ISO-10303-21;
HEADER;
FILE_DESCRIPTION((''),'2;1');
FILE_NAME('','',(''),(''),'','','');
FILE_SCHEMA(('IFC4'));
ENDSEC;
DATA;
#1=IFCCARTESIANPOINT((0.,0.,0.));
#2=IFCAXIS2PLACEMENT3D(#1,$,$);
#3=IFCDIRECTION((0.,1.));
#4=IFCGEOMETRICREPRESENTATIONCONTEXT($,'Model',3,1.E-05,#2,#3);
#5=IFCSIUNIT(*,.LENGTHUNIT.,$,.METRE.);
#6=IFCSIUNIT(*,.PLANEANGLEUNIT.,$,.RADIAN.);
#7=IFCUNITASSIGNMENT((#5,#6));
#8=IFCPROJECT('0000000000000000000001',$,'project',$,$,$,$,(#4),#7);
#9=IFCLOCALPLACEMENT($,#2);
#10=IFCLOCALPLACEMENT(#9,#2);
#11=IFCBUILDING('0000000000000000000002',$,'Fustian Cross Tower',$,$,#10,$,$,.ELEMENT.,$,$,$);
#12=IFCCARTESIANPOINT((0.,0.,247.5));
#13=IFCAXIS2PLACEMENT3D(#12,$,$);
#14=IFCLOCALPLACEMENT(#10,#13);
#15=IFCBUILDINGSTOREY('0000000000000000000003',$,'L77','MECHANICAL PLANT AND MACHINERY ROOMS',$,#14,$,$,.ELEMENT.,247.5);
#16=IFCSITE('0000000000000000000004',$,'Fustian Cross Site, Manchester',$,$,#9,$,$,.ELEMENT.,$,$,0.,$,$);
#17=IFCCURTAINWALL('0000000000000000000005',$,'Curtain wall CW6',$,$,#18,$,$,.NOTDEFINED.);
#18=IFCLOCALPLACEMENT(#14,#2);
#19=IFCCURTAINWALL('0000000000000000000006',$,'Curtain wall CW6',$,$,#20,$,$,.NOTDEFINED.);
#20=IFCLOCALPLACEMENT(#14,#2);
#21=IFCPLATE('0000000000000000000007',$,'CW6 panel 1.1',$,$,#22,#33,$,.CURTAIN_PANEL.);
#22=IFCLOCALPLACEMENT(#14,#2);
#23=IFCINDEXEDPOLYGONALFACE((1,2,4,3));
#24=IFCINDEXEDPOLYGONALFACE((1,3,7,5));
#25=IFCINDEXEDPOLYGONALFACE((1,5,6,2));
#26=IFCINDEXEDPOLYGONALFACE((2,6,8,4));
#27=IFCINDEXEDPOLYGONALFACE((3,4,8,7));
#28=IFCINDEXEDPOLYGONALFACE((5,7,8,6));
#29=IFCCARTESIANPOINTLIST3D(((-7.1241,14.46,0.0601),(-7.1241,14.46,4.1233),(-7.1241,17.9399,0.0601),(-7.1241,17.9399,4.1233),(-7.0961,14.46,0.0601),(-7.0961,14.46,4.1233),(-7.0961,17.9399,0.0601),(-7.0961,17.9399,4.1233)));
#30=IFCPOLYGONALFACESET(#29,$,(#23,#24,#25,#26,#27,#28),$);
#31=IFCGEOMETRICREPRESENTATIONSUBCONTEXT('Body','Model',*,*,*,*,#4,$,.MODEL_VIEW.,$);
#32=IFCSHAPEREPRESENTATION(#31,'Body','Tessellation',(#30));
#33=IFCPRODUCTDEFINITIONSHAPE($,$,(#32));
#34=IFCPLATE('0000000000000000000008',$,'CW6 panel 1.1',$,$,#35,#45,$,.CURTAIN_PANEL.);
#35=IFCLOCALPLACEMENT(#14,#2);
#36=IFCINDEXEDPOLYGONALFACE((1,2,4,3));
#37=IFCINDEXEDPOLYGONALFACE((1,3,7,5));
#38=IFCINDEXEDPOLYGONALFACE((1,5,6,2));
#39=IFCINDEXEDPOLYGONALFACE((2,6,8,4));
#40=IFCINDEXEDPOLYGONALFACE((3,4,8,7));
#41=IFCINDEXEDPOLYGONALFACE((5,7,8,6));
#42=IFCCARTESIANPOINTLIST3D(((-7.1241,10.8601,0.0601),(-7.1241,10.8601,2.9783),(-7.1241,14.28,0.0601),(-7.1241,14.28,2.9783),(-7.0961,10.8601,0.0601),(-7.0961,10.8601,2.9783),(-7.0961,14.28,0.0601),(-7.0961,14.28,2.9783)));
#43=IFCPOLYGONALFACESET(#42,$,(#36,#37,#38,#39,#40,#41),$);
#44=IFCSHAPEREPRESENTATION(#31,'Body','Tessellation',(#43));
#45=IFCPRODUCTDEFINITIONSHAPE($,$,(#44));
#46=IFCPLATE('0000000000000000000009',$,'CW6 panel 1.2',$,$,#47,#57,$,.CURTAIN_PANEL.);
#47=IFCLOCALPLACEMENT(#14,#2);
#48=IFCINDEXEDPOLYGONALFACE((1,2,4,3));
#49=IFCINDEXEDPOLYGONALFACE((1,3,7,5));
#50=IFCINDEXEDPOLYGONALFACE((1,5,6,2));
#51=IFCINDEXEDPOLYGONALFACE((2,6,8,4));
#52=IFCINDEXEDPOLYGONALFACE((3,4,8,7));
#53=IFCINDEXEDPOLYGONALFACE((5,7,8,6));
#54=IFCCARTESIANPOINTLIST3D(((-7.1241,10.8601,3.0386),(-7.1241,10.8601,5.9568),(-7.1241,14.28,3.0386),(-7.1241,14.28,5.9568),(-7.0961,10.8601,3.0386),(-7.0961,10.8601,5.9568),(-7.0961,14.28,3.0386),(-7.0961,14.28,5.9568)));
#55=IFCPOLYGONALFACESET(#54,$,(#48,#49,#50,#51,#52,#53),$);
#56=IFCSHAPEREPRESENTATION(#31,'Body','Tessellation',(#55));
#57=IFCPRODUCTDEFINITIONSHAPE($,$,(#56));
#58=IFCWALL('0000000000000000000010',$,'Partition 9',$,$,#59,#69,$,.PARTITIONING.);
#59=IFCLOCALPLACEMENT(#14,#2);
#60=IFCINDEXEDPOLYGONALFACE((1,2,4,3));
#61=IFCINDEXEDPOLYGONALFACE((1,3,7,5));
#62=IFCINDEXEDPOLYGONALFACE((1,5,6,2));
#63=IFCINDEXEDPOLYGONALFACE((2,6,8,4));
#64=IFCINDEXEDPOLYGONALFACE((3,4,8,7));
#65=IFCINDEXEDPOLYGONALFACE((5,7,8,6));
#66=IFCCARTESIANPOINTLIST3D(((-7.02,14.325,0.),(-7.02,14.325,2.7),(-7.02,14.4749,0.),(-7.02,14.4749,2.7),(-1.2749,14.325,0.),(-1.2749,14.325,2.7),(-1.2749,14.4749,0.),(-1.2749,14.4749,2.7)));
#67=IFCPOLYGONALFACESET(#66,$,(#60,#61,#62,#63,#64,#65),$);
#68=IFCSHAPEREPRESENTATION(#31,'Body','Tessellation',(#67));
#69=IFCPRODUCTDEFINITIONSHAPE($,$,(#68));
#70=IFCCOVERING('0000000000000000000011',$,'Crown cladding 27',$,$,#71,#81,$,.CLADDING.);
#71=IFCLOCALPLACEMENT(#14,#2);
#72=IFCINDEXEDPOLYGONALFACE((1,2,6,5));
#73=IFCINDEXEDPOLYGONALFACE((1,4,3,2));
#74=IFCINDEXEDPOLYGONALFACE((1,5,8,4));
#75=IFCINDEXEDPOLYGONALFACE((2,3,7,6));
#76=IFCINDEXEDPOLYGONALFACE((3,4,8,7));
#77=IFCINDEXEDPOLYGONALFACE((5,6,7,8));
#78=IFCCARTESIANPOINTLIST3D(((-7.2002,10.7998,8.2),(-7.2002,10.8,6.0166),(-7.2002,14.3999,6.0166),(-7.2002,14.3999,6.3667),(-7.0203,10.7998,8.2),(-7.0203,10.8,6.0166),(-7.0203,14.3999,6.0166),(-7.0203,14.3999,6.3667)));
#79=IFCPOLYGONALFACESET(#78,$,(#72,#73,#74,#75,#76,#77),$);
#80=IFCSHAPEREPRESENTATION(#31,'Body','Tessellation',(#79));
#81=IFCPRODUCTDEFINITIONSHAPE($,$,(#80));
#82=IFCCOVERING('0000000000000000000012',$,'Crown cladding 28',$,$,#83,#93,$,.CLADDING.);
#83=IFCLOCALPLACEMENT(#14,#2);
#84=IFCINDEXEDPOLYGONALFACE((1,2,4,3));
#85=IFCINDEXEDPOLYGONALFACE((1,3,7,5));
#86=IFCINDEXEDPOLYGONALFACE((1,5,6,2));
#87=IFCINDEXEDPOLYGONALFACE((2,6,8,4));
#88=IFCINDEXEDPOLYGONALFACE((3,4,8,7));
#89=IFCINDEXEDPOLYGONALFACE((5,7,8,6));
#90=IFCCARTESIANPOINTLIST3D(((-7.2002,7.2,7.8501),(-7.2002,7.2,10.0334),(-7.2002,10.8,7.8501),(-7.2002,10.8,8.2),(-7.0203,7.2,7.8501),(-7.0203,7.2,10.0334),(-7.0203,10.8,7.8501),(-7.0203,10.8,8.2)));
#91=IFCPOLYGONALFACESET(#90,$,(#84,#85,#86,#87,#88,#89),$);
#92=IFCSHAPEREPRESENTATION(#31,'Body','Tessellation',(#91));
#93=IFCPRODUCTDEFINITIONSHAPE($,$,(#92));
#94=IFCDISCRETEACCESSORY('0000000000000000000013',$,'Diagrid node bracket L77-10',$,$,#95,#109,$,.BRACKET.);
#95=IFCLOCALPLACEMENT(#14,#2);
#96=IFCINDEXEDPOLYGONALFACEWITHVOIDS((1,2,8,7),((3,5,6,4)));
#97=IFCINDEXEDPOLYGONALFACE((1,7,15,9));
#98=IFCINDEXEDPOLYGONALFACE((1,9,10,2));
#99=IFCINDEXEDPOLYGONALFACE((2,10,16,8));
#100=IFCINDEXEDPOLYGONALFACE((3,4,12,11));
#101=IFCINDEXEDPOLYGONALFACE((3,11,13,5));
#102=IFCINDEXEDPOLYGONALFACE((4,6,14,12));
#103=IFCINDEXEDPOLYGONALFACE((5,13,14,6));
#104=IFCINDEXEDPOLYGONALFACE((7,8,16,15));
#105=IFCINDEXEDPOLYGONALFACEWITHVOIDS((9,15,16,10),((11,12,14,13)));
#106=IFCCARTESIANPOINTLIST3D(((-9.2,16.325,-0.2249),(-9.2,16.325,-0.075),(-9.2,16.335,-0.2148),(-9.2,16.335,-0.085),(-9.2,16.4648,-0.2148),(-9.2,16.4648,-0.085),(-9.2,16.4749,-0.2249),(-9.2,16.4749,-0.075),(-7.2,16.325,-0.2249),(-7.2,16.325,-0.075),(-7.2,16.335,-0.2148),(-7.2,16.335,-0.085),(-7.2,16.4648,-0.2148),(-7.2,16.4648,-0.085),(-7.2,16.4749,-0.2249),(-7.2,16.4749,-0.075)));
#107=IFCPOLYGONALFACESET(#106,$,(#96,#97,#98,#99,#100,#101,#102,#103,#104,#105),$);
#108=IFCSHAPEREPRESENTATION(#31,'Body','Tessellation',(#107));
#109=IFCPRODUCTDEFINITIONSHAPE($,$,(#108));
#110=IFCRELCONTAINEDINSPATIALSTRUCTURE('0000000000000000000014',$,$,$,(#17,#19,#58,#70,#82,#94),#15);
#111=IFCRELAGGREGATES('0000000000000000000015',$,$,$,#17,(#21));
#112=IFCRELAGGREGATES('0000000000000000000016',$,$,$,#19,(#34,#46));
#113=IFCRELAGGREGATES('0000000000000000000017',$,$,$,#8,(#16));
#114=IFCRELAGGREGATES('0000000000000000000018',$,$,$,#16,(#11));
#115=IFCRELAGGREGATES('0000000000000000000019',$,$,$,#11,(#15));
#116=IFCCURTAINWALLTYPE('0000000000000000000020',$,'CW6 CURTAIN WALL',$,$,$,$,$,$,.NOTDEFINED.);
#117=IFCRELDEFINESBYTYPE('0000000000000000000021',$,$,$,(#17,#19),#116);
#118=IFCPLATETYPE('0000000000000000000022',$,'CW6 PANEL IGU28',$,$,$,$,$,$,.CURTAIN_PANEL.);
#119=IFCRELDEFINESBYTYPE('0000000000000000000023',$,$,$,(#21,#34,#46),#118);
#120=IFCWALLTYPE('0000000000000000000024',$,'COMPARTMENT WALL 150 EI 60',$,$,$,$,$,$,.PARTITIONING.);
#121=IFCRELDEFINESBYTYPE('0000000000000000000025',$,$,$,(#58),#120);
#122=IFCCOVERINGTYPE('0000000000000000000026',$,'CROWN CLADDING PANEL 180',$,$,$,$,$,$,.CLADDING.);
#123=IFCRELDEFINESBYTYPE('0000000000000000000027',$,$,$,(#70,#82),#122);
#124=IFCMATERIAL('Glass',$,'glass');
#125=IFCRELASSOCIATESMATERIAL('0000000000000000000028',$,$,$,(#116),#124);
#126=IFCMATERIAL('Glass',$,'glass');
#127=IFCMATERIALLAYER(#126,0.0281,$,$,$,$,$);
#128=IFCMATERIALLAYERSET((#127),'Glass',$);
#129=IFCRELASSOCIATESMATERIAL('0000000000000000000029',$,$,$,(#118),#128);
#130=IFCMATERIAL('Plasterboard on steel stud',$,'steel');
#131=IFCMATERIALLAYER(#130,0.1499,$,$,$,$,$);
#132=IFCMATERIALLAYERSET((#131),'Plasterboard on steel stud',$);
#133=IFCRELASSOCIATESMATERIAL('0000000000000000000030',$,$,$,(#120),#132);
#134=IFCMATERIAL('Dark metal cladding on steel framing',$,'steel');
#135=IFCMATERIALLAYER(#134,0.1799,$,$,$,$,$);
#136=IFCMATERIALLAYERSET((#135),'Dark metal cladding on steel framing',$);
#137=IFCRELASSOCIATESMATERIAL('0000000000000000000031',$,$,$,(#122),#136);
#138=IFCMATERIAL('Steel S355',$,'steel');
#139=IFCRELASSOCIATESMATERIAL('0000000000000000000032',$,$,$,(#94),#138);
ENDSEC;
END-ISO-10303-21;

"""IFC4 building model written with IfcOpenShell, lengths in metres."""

from ifc_helpers import new_model, si_unit, direction, frame, frame_2d, origin, origin_2d, place, context, subcontext, project, spatial, polyline, rectangle, hollow_rectangle, outline, extrude, material, layer, layer_set, type_object, element, aggregate, save


model = new_model("IFC4")

# Units and contexts
model_context = context("Model", 3, precision=1e-05, world=origin(), true_north=direction((0.0, 1.0)))
body_context = subcontext(model_context, "Body", "Model", "MODEL_VIEW")
ifc_project = project(units=[si_unit("LENGTHUNIT", "METRE"), si_unit("PLANEANGLEUNIT", "RADIAN")], contexts=[model_context])

# Site, building, storey
site_placement = place(None, origin())
site = spatial("IfcSite", under=ifc_project, at=site_placement, Name="Fustian Cross Site, Manchester", CompositionType="ELEMENT", RefElevation=0.0)
building_placement = place(site_placement, origin())
building = spatial("IfcBuilding", under=site, at=building_placement, Name="Fustian Cross Tower", CompositionType="ELEMENT")
storey_placement = place(building_placement, frame((0.0, 0.0, 247.5)))
storey = spatial("IfcBuildingStorey", under=building, at=storey_placement, Name="L77", Description="MECHANICAL PLANT AND MACHINERY ROOMS", CompositionType="ELEMENT", Elevation=247.5)

# Curtain wall
ifc_material_1 = material(Name="Glass", Category="glass")
curtain_wall_type = type_object("IfcCurtainWallType", Name="CW6 CURTAIN WALL", PredefinedType="NOTDEFINED", material=ifc_material_1)
curtain_wall_1_placement = place(storey_placement, origin())
curtain_wall_1 = element("IfcCurtainWall", 1, at=curtain_wall_1_placement, inside=storey, type_object=curtain_wall_type, Name="Curtain wall CW6", PredefinedType="NOTDEFINED")

# Curtain wall
curtain_wall_2_placement = place(storey_placement, origin())
curtain_wall_2 = element("IfcCurtainWall", 2, at=curtain_wall_2_placement, inside=storey, type_object=curtain_wall_type, Name="Curtain wall CW6", PredefinedType="NOTDEFINED")

# Plates
ifc_material_2 = material(Name="Glass", Category="glass")
ifc_layer_1 = layer(ifc_material_2, 0.0281)
ifc_layer_set_1 = layer_set([ifc_layer_1], Name="Glass")
plate_type = type_object("IfcPlateType", Name="CW6 PANEL IGU28", PredefinedType="CURTAIN_PANEL", material=ifc_layer_set_1)
plate_1_placement = place(storey_placement, frame((-7.1101, 16.2, 0.0601), z_axis=(0.0, 0.0, 1.0), x_axis=(0.0, -1.0, 0.0)))
plate_1 = element("IfcPlate", 3, at=plate_1_placement, type_object=plate_type, Name="CW6 panel 1.1", PredefinedType="CURTAIN_PANEL", context=body_context, shape_type="SweptSolid", body=[
    extrude(rectangle(XDim=3.48, YDim=0.0281, at=origin_2d()), origin(), (0.0, 0.0, 1.0), 4.0632),
])
aggregate(curtain_wall_1, [plate_1])
plate_2_placement = place(storey_placement, frame((-7.1101, 12.5701, 0.0601), z_axis=(0.0, 0.0, 1.0), x_axis=(0.0, -1.0, 0.0)))
plate_2 = element("IfcPlate", 4, at=plate_2_placement, type_object=plate_type, Name="CW6 panel 1.1", PredefinedType="CURTAIN_PANEL", context=body_context, shape_type="SweptSolid", body=[
    extrude(rectangle(XDim=3.4199, YDim=0.0281, at=origin_2d()), origin(), (0.0, 0.0, 1.0), 2.9182),
])
plate_3_placement = place(storey_placement, frame((-7.1101, 12.5701, 3.0386), z_axis=(0.0, 0.0, 1.0), x_axis=(0.0, -1.0, 0.0)))
plate_3 = element("IfcPlate", 5, at=plate_3_placement, type_object=plate_type, Name="CW6 panel 1.2", PredefinedType="CURTAIN_PANEL", context=body_context, shape_type="SweptSolid", body=[
    extrude(rectangle(XDim=3.4199, YDim=0.0281, at=origin_2d()), origin(), (0.0, 0.0, 1.0), 2.9182),
])
aggregate(curtain_wall_2, [plate_2, plate_3])

# Wall
ifc_material_3 = material(Name="Plasterboard on steel stud", Category="steel")
ifc_layer_2 = layer(ifc_material_3, 0.1499)
ifc_layer_set_2 = layer_set([ifc_layer_2], Name="Plasterboard on steel stud")
wall_type = type_object("IfcWallType", Name="COMPARTMENT WALL 150 EI 60", PredefinedType="PARTITIONING", material=ifc_layer_set_2)
wall_placement = place(storey_placement, frame((-7.02, 14.3999, 0.0), z_axis=(0.0, 0.0, 1.0), x_axis=(1.0, 0.0, 0.0)))
element("IfcWall", 6, at=wall_placement, inside=storey, type_object=wall_type, Name="Partition 9", PredefinedType="PARTITIONING", context=body_context, shape_type="SweptSolid", body=[
    extrude(rectangle(XDim=5.7451, YDim=0.1499, at=frame_2d((2.8726, 0.0))), origin(), (0.0, 0.0, 1.0), 2.7),
])

# Coverings
ifc_material_4 = material(Name="Dark metal cladding on steel framing", Category="steel")
ifc_layer_3 = layer(ifc_material_4, 0.1799)
ifc_layer_set_3 = layer_set([ifc_layer_3], Name="Dark metal cladding on steel framing")
covering_type = type_object("IfcCoveringType", Name="CROWN CLADDING PANEL 180", PredefinedType="CLADDING", material=ifc_layer_set_3)
covering_1_placement = place(storey_placement, frame((-7.1101, 14.3999, 6.0166), z_axis=(0.0, 0.0, 1.0), x_axis=(0.0, -1.0, 0.0)))
element("IfcCovering", 7, at=covering_1_placement, inside=storey, type_object=covering_type, Name="Crown cladding 27", PredefinedType="CLADDING", context=body_context, shape_type="SweptSolid", body=[
    extrude(outline(polyline([(0.0, 0.0), (3.5999, 0.0), (3.6001, 2.1833), (0.0, 0.3501), (0.0, 0.0)])), frame((0.0, 0.0898, 0.0), z_axis=(0.0, -1.0, 0.0), x_axis=(1.0, 0.0, 0.0)), (0.0, 0.0, 1.0), 0.1799),
])
covering_2_placement = place(storey_placement, frame((-7.1101, 10.8, 7.8501), z_axis=(0.0, 0.0, 1.0), x_axis=(0.0, -1.0, 0.0)))
element("IfcCovering", 8, at=covering_2_placement, inside=storey, type_object=covering_type, Name="Crown cladding 28", PredefinedType="CLADDING", context=body_context, shape_type="SweptSolid", body=[
    extrude(outline(polyline([(0.0, 0.0), (3.6001, 0.0), (3.6001, 2.1833), (0.0, 0.3499), (0.0, 0.0)])), frame((0.0, 0.0898, 0.0), z_axis=(0.0, -1.0, 0.0), x_axis=(1.0, 0.0, 0.0)), (0.0, 0.0, 1.0), 0.1799),
])

# Discrete accessory
ifc_material_5 = material(Name="Steel S355", Category="steel")
discrete_accessory_placement = place(storey_placement, frame((-9.2, 16.3999, -0.1499), z_axis=(1.0, 0.0, 0.0), x_axis=(0.0, 1.0, 0.0)))
element("IfcDiscreteAccessory", 9, at=discrete_accessory_placement, inside=storey, material=ifc_material_5, Name="Diagrid node bracket L77-10", PredefinedType="BRACKET", context=body_context, shape_type="SweptSolid", body=[
    extrude(hollow_rectangle(XDim=0.1499, YDim=0.1499, WallThickness=0.01, at=origin_2d()), origin(), (0.0, 0.0, 1.0), 2.0),
])

save(model, "model.ifc")
